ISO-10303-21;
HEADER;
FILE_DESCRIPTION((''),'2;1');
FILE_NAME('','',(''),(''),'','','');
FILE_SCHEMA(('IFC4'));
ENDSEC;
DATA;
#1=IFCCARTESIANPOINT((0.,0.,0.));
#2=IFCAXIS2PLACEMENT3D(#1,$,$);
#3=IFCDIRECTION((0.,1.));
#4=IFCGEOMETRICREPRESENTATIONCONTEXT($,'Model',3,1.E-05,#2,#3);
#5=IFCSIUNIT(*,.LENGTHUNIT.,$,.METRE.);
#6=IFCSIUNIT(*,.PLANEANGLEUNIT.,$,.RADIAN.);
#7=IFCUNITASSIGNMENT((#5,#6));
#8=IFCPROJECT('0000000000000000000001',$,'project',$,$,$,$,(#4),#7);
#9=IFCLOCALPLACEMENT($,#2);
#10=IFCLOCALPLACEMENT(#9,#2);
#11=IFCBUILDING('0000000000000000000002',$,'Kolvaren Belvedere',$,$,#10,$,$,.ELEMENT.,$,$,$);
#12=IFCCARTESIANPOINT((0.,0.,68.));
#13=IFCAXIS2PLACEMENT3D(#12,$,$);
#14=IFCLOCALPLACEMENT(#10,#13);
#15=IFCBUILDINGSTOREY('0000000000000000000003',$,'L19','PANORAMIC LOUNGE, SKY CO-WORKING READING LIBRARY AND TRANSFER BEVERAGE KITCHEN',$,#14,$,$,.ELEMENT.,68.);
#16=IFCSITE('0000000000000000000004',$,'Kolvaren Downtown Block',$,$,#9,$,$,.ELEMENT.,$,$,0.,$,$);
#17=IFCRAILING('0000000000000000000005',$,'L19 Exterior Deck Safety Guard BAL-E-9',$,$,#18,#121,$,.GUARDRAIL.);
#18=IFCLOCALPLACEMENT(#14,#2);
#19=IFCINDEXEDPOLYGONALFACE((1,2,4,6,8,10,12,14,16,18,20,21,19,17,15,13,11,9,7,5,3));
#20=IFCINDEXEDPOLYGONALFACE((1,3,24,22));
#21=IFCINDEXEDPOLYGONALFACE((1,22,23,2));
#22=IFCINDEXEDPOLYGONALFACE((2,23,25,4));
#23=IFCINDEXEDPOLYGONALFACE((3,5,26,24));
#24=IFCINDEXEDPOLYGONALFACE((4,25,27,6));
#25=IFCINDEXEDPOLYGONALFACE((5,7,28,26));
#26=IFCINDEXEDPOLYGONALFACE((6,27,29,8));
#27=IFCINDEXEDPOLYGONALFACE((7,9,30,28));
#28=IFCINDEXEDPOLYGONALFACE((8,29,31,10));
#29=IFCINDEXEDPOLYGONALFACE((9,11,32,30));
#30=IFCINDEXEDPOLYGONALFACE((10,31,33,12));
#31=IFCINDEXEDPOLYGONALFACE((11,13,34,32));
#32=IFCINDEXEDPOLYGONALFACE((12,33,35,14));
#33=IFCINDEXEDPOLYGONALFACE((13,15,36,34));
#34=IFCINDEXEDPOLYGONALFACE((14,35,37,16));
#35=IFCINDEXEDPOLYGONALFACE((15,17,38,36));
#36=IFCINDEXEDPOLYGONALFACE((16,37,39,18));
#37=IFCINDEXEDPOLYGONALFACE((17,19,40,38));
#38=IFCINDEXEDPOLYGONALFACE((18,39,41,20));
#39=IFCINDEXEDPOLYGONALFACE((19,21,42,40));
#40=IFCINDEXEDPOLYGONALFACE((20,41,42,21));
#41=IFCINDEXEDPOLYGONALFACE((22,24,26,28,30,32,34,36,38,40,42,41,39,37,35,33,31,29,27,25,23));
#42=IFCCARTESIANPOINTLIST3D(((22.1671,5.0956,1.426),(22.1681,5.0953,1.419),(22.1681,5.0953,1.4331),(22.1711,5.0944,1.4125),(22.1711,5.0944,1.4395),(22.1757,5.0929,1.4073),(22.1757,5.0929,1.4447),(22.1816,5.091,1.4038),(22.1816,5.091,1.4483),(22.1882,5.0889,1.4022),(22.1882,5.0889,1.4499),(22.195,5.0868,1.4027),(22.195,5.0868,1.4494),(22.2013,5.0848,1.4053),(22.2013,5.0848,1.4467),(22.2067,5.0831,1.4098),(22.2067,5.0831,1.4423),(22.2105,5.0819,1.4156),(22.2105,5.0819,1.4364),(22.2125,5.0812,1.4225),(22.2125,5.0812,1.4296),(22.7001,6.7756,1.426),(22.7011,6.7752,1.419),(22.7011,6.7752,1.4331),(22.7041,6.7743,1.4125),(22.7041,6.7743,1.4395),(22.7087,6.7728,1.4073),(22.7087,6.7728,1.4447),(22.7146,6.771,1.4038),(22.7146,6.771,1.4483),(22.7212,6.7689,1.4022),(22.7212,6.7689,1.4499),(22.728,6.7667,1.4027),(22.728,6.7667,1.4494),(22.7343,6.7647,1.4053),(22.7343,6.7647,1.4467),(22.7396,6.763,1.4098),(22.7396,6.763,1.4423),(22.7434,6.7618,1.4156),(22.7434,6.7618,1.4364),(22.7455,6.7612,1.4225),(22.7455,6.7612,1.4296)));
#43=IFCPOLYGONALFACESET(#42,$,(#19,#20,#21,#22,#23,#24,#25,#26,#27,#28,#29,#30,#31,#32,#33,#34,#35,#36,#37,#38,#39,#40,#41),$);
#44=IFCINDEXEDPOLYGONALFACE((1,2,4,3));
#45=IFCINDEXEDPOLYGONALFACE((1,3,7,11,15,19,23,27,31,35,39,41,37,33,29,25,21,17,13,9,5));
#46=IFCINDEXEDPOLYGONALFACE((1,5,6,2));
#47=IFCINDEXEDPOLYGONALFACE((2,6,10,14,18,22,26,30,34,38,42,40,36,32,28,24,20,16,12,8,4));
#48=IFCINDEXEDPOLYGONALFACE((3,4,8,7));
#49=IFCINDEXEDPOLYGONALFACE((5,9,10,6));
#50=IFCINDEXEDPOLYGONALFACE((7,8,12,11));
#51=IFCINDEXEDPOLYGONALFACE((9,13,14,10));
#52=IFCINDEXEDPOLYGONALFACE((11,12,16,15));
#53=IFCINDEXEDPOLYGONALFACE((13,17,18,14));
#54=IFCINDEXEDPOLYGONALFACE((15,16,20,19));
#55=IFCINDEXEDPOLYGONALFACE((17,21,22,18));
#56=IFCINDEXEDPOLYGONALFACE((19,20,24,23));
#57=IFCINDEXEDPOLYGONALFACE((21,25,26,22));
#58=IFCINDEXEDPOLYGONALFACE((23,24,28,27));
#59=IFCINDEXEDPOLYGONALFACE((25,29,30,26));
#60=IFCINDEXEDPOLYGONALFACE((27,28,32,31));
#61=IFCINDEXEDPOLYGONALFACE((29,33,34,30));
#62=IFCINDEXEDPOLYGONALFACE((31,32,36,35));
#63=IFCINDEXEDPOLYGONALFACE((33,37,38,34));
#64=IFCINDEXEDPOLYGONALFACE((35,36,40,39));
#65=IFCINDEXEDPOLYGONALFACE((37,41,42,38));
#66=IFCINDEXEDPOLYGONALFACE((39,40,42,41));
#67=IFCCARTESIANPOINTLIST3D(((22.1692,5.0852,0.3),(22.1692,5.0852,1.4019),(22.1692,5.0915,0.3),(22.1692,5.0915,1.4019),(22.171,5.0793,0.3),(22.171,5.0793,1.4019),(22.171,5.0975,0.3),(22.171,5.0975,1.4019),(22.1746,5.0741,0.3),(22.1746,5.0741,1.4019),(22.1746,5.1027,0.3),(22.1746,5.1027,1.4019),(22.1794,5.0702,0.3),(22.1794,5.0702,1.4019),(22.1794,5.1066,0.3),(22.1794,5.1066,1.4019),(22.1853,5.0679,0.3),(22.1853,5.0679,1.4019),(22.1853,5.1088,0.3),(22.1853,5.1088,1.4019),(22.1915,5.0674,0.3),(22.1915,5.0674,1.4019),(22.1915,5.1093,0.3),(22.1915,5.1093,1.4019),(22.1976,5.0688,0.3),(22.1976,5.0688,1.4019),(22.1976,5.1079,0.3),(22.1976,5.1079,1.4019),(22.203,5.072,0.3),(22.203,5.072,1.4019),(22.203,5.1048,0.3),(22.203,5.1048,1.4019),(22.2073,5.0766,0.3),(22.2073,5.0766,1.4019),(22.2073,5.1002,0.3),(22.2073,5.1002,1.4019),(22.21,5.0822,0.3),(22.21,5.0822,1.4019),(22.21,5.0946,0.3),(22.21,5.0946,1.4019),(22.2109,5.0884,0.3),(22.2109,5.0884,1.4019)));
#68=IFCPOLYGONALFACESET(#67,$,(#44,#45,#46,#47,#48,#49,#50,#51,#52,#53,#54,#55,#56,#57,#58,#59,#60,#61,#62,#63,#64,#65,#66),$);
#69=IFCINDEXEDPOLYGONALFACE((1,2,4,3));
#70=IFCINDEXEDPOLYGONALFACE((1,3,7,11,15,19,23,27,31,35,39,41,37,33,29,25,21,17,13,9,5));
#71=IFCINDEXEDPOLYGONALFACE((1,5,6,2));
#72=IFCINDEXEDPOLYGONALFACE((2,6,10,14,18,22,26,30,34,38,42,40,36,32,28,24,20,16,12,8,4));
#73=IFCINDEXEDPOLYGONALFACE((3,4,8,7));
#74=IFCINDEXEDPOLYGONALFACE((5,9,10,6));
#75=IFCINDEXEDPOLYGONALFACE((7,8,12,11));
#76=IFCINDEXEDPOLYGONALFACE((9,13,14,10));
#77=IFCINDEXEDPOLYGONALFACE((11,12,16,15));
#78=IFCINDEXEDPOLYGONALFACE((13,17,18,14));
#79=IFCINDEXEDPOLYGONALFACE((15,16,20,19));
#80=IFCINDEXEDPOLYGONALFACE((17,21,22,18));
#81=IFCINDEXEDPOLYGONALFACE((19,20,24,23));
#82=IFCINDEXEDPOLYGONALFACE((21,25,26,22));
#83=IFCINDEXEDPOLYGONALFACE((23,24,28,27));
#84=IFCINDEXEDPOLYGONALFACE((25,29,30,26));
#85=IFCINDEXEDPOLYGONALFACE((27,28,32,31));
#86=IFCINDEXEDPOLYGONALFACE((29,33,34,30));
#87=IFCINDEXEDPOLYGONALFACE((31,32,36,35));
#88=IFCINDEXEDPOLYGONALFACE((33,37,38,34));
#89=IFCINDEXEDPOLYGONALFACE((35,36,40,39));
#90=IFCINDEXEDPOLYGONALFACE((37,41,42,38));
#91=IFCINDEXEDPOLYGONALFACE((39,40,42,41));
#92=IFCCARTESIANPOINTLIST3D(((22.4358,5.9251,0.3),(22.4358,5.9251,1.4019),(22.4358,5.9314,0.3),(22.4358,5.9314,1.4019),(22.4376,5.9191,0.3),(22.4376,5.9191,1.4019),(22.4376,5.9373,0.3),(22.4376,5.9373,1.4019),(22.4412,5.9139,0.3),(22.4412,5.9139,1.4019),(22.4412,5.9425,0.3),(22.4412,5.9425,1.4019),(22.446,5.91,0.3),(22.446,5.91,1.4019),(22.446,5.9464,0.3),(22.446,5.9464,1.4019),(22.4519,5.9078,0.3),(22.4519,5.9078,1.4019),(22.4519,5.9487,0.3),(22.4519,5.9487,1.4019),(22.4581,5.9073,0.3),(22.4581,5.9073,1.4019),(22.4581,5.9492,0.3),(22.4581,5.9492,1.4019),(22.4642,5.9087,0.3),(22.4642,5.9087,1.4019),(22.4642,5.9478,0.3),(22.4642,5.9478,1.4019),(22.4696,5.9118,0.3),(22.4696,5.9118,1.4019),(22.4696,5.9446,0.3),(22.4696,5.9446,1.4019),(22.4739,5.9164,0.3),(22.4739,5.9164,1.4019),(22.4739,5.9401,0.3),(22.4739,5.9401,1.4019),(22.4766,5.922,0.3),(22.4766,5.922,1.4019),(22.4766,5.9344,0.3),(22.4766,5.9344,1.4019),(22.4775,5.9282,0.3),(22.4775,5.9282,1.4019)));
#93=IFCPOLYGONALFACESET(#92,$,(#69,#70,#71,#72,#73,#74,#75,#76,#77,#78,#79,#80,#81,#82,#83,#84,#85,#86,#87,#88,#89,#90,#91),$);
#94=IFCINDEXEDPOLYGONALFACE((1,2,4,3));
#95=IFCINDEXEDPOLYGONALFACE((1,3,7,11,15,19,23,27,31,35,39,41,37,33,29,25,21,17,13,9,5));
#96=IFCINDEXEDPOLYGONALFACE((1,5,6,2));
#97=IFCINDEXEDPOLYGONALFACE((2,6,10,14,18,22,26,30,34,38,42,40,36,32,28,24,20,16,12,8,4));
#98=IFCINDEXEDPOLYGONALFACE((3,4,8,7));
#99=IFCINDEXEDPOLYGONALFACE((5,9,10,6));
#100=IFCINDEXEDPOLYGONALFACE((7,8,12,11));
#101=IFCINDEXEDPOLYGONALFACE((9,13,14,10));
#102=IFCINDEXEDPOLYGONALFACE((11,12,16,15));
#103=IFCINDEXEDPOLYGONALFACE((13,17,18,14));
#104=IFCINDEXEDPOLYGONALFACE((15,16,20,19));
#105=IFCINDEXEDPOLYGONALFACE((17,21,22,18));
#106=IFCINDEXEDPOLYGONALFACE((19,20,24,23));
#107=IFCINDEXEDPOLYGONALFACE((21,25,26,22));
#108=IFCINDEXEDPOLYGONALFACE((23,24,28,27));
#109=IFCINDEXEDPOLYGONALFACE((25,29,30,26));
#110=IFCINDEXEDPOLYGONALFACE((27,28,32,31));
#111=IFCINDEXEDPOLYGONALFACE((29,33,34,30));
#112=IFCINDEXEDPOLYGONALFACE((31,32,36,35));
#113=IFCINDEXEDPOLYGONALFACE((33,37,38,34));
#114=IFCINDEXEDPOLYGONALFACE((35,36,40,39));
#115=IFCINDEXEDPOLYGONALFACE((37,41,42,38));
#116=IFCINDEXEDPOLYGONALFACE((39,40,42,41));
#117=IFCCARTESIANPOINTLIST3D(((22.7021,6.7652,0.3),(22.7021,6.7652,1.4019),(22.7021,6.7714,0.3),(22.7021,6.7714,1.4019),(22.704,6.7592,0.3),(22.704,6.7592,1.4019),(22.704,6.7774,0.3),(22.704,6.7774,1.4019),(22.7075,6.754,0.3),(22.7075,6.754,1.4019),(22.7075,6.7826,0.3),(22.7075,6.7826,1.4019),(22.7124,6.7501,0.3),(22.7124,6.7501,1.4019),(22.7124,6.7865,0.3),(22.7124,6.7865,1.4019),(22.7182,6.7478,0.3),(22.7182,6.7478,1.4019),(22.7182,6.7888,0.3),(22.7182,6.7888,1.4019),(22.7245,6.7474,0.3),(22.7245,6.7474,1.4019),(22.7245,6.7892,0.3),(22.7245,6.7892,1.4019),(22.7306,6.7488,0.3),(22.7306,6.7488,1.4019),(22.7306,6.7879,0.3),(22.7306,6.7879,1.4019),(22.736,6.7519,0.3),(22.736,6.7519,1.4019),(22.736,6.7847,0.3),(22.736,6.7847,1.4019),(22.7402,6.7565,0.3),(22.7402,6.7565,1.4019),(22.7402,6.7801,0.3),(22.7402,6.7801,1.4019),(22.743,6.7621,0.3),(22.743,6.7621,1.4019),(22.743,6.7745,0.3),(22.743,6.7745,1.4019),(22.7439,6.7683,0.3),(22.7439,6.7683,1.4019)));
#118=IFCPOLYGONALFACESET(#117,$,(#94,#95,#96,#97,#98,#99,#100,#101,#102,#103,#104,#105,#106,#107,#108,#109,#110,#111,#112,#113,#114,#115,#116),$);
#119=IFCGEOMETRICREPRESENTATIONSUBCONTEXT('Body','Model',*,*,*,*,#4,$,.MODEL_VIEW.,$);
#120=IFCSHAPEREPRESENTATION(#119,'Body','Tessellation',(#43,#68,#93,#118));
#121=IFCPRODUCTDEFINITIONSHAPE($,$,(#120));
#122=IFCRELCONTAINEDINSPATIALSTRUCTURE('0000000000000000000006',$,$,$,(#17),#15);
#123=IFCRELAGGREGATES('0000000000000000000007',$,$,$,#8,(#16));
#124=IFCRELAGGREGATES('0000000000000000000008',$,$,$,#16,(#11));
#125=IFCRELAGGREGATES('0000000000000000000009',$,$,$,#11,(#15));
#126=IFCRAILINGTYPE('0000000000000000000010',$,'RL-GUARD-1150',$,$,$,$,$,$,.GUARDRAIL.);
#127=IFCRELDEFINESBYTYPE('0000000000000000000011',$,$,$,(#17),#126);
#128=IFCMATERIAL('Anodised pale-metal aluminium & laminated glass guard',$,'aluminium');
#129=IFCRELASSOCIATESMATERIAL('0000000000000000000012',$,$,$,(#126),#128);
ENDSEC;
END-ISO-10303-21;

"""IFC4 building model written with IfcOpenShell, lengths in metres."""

from ifc_helpers import new_model, si_unit, direction, frame, origin, origin_2d, place, context, subcontext, project, spatial, circle, extrude, material, type_object, element, save


model = new_model("IFC4")

# Units and contexts
model_context = context("Model", 3, precision=1e-05, world=origin(), true_north=direction((0.0, 1.0)))
body_context = subcontext(model_context, "Body", "Model", "MODEL_VIEW")
ifc_project = project(units=[si_unit("LENGTHUNIT", "METRE"), si_unit("PLANEANGLEUNIT", "RADIAN")], contexts=[model_context])

# Site, building, storey
site_placement = place(None, origin())
site = spatial("IfcSite", under=ifc_project, at=site_placement, Name="Kolvaren Downtown Block", CompositionType="ELEMENT", RefElevation=0.0)
building_placement = place(site_placement, origin())
building = spatial("IfcBuilding", under=site, at=building_placement, Name="Kolvaren Belvedere", CompositionType="ELEMENT")
storey_placement = place(building_placement, frame((0.0, 0.0, 68.0)))
storey = spatial("IfcBuildingStorey", under=building, at=storey_placement, Name="L19", Description="PANORAMIC LOUNGE, SKY CO-WORKING READING LIBRARY AND TRANSFER BEVERAGE KITCHEN", CompositionType="ELEMENT", Elevation=68.0)

# Railing
ifc_material_1 = material(Name="Anodised pale-metal aluminium & laminated glass guard", Category="aluminium")
railing_type = type_object("IfcRailingType", Name="RL-GUARD-1150", PredefinedType="GUARDRAIL", material=ifc_material_1)
railing_1_placement = place(storey_placement, frame((22.1899, 5.0884, 0.3)))
element("IfcRailing", 1, at=railing_1_placement, inside=storey, type_object=railing_type, Name="L19 Exterior Deck Safety Guard BAL-E-9", PredefinedType="GUARDRAIL", context=body_context, shape_type="SweptSolid", body=[
    extrude(circle(Radius=0.0239, at=origin_2d()), frame((0.0, 0.0, 1.126), z_axis=(0.302397, 0.953182, 0.0), x_axis=(-0.953182, 0.302397, 0.0)), (0.0, 0.0, 1.0), 1.7625),
    extrude(circle(Radius=0.021, at=origin_2d()), origin(), (0.0, 0.0, 1.0), 1.1018),
    extrude(circle(Radius=0.021, at=origin_2d()), frame((0.2666, 0.8398, 0.0)), (0.0, 0.0, 1.0), 1.1018),
    extrude(circle(Radius=0.021, at=origin_2d()), frame((0.533, 1.6799, 0.0)), (0.0, 0.0, 1.0), 1.1018),
])

save(model, "model.ifc")
